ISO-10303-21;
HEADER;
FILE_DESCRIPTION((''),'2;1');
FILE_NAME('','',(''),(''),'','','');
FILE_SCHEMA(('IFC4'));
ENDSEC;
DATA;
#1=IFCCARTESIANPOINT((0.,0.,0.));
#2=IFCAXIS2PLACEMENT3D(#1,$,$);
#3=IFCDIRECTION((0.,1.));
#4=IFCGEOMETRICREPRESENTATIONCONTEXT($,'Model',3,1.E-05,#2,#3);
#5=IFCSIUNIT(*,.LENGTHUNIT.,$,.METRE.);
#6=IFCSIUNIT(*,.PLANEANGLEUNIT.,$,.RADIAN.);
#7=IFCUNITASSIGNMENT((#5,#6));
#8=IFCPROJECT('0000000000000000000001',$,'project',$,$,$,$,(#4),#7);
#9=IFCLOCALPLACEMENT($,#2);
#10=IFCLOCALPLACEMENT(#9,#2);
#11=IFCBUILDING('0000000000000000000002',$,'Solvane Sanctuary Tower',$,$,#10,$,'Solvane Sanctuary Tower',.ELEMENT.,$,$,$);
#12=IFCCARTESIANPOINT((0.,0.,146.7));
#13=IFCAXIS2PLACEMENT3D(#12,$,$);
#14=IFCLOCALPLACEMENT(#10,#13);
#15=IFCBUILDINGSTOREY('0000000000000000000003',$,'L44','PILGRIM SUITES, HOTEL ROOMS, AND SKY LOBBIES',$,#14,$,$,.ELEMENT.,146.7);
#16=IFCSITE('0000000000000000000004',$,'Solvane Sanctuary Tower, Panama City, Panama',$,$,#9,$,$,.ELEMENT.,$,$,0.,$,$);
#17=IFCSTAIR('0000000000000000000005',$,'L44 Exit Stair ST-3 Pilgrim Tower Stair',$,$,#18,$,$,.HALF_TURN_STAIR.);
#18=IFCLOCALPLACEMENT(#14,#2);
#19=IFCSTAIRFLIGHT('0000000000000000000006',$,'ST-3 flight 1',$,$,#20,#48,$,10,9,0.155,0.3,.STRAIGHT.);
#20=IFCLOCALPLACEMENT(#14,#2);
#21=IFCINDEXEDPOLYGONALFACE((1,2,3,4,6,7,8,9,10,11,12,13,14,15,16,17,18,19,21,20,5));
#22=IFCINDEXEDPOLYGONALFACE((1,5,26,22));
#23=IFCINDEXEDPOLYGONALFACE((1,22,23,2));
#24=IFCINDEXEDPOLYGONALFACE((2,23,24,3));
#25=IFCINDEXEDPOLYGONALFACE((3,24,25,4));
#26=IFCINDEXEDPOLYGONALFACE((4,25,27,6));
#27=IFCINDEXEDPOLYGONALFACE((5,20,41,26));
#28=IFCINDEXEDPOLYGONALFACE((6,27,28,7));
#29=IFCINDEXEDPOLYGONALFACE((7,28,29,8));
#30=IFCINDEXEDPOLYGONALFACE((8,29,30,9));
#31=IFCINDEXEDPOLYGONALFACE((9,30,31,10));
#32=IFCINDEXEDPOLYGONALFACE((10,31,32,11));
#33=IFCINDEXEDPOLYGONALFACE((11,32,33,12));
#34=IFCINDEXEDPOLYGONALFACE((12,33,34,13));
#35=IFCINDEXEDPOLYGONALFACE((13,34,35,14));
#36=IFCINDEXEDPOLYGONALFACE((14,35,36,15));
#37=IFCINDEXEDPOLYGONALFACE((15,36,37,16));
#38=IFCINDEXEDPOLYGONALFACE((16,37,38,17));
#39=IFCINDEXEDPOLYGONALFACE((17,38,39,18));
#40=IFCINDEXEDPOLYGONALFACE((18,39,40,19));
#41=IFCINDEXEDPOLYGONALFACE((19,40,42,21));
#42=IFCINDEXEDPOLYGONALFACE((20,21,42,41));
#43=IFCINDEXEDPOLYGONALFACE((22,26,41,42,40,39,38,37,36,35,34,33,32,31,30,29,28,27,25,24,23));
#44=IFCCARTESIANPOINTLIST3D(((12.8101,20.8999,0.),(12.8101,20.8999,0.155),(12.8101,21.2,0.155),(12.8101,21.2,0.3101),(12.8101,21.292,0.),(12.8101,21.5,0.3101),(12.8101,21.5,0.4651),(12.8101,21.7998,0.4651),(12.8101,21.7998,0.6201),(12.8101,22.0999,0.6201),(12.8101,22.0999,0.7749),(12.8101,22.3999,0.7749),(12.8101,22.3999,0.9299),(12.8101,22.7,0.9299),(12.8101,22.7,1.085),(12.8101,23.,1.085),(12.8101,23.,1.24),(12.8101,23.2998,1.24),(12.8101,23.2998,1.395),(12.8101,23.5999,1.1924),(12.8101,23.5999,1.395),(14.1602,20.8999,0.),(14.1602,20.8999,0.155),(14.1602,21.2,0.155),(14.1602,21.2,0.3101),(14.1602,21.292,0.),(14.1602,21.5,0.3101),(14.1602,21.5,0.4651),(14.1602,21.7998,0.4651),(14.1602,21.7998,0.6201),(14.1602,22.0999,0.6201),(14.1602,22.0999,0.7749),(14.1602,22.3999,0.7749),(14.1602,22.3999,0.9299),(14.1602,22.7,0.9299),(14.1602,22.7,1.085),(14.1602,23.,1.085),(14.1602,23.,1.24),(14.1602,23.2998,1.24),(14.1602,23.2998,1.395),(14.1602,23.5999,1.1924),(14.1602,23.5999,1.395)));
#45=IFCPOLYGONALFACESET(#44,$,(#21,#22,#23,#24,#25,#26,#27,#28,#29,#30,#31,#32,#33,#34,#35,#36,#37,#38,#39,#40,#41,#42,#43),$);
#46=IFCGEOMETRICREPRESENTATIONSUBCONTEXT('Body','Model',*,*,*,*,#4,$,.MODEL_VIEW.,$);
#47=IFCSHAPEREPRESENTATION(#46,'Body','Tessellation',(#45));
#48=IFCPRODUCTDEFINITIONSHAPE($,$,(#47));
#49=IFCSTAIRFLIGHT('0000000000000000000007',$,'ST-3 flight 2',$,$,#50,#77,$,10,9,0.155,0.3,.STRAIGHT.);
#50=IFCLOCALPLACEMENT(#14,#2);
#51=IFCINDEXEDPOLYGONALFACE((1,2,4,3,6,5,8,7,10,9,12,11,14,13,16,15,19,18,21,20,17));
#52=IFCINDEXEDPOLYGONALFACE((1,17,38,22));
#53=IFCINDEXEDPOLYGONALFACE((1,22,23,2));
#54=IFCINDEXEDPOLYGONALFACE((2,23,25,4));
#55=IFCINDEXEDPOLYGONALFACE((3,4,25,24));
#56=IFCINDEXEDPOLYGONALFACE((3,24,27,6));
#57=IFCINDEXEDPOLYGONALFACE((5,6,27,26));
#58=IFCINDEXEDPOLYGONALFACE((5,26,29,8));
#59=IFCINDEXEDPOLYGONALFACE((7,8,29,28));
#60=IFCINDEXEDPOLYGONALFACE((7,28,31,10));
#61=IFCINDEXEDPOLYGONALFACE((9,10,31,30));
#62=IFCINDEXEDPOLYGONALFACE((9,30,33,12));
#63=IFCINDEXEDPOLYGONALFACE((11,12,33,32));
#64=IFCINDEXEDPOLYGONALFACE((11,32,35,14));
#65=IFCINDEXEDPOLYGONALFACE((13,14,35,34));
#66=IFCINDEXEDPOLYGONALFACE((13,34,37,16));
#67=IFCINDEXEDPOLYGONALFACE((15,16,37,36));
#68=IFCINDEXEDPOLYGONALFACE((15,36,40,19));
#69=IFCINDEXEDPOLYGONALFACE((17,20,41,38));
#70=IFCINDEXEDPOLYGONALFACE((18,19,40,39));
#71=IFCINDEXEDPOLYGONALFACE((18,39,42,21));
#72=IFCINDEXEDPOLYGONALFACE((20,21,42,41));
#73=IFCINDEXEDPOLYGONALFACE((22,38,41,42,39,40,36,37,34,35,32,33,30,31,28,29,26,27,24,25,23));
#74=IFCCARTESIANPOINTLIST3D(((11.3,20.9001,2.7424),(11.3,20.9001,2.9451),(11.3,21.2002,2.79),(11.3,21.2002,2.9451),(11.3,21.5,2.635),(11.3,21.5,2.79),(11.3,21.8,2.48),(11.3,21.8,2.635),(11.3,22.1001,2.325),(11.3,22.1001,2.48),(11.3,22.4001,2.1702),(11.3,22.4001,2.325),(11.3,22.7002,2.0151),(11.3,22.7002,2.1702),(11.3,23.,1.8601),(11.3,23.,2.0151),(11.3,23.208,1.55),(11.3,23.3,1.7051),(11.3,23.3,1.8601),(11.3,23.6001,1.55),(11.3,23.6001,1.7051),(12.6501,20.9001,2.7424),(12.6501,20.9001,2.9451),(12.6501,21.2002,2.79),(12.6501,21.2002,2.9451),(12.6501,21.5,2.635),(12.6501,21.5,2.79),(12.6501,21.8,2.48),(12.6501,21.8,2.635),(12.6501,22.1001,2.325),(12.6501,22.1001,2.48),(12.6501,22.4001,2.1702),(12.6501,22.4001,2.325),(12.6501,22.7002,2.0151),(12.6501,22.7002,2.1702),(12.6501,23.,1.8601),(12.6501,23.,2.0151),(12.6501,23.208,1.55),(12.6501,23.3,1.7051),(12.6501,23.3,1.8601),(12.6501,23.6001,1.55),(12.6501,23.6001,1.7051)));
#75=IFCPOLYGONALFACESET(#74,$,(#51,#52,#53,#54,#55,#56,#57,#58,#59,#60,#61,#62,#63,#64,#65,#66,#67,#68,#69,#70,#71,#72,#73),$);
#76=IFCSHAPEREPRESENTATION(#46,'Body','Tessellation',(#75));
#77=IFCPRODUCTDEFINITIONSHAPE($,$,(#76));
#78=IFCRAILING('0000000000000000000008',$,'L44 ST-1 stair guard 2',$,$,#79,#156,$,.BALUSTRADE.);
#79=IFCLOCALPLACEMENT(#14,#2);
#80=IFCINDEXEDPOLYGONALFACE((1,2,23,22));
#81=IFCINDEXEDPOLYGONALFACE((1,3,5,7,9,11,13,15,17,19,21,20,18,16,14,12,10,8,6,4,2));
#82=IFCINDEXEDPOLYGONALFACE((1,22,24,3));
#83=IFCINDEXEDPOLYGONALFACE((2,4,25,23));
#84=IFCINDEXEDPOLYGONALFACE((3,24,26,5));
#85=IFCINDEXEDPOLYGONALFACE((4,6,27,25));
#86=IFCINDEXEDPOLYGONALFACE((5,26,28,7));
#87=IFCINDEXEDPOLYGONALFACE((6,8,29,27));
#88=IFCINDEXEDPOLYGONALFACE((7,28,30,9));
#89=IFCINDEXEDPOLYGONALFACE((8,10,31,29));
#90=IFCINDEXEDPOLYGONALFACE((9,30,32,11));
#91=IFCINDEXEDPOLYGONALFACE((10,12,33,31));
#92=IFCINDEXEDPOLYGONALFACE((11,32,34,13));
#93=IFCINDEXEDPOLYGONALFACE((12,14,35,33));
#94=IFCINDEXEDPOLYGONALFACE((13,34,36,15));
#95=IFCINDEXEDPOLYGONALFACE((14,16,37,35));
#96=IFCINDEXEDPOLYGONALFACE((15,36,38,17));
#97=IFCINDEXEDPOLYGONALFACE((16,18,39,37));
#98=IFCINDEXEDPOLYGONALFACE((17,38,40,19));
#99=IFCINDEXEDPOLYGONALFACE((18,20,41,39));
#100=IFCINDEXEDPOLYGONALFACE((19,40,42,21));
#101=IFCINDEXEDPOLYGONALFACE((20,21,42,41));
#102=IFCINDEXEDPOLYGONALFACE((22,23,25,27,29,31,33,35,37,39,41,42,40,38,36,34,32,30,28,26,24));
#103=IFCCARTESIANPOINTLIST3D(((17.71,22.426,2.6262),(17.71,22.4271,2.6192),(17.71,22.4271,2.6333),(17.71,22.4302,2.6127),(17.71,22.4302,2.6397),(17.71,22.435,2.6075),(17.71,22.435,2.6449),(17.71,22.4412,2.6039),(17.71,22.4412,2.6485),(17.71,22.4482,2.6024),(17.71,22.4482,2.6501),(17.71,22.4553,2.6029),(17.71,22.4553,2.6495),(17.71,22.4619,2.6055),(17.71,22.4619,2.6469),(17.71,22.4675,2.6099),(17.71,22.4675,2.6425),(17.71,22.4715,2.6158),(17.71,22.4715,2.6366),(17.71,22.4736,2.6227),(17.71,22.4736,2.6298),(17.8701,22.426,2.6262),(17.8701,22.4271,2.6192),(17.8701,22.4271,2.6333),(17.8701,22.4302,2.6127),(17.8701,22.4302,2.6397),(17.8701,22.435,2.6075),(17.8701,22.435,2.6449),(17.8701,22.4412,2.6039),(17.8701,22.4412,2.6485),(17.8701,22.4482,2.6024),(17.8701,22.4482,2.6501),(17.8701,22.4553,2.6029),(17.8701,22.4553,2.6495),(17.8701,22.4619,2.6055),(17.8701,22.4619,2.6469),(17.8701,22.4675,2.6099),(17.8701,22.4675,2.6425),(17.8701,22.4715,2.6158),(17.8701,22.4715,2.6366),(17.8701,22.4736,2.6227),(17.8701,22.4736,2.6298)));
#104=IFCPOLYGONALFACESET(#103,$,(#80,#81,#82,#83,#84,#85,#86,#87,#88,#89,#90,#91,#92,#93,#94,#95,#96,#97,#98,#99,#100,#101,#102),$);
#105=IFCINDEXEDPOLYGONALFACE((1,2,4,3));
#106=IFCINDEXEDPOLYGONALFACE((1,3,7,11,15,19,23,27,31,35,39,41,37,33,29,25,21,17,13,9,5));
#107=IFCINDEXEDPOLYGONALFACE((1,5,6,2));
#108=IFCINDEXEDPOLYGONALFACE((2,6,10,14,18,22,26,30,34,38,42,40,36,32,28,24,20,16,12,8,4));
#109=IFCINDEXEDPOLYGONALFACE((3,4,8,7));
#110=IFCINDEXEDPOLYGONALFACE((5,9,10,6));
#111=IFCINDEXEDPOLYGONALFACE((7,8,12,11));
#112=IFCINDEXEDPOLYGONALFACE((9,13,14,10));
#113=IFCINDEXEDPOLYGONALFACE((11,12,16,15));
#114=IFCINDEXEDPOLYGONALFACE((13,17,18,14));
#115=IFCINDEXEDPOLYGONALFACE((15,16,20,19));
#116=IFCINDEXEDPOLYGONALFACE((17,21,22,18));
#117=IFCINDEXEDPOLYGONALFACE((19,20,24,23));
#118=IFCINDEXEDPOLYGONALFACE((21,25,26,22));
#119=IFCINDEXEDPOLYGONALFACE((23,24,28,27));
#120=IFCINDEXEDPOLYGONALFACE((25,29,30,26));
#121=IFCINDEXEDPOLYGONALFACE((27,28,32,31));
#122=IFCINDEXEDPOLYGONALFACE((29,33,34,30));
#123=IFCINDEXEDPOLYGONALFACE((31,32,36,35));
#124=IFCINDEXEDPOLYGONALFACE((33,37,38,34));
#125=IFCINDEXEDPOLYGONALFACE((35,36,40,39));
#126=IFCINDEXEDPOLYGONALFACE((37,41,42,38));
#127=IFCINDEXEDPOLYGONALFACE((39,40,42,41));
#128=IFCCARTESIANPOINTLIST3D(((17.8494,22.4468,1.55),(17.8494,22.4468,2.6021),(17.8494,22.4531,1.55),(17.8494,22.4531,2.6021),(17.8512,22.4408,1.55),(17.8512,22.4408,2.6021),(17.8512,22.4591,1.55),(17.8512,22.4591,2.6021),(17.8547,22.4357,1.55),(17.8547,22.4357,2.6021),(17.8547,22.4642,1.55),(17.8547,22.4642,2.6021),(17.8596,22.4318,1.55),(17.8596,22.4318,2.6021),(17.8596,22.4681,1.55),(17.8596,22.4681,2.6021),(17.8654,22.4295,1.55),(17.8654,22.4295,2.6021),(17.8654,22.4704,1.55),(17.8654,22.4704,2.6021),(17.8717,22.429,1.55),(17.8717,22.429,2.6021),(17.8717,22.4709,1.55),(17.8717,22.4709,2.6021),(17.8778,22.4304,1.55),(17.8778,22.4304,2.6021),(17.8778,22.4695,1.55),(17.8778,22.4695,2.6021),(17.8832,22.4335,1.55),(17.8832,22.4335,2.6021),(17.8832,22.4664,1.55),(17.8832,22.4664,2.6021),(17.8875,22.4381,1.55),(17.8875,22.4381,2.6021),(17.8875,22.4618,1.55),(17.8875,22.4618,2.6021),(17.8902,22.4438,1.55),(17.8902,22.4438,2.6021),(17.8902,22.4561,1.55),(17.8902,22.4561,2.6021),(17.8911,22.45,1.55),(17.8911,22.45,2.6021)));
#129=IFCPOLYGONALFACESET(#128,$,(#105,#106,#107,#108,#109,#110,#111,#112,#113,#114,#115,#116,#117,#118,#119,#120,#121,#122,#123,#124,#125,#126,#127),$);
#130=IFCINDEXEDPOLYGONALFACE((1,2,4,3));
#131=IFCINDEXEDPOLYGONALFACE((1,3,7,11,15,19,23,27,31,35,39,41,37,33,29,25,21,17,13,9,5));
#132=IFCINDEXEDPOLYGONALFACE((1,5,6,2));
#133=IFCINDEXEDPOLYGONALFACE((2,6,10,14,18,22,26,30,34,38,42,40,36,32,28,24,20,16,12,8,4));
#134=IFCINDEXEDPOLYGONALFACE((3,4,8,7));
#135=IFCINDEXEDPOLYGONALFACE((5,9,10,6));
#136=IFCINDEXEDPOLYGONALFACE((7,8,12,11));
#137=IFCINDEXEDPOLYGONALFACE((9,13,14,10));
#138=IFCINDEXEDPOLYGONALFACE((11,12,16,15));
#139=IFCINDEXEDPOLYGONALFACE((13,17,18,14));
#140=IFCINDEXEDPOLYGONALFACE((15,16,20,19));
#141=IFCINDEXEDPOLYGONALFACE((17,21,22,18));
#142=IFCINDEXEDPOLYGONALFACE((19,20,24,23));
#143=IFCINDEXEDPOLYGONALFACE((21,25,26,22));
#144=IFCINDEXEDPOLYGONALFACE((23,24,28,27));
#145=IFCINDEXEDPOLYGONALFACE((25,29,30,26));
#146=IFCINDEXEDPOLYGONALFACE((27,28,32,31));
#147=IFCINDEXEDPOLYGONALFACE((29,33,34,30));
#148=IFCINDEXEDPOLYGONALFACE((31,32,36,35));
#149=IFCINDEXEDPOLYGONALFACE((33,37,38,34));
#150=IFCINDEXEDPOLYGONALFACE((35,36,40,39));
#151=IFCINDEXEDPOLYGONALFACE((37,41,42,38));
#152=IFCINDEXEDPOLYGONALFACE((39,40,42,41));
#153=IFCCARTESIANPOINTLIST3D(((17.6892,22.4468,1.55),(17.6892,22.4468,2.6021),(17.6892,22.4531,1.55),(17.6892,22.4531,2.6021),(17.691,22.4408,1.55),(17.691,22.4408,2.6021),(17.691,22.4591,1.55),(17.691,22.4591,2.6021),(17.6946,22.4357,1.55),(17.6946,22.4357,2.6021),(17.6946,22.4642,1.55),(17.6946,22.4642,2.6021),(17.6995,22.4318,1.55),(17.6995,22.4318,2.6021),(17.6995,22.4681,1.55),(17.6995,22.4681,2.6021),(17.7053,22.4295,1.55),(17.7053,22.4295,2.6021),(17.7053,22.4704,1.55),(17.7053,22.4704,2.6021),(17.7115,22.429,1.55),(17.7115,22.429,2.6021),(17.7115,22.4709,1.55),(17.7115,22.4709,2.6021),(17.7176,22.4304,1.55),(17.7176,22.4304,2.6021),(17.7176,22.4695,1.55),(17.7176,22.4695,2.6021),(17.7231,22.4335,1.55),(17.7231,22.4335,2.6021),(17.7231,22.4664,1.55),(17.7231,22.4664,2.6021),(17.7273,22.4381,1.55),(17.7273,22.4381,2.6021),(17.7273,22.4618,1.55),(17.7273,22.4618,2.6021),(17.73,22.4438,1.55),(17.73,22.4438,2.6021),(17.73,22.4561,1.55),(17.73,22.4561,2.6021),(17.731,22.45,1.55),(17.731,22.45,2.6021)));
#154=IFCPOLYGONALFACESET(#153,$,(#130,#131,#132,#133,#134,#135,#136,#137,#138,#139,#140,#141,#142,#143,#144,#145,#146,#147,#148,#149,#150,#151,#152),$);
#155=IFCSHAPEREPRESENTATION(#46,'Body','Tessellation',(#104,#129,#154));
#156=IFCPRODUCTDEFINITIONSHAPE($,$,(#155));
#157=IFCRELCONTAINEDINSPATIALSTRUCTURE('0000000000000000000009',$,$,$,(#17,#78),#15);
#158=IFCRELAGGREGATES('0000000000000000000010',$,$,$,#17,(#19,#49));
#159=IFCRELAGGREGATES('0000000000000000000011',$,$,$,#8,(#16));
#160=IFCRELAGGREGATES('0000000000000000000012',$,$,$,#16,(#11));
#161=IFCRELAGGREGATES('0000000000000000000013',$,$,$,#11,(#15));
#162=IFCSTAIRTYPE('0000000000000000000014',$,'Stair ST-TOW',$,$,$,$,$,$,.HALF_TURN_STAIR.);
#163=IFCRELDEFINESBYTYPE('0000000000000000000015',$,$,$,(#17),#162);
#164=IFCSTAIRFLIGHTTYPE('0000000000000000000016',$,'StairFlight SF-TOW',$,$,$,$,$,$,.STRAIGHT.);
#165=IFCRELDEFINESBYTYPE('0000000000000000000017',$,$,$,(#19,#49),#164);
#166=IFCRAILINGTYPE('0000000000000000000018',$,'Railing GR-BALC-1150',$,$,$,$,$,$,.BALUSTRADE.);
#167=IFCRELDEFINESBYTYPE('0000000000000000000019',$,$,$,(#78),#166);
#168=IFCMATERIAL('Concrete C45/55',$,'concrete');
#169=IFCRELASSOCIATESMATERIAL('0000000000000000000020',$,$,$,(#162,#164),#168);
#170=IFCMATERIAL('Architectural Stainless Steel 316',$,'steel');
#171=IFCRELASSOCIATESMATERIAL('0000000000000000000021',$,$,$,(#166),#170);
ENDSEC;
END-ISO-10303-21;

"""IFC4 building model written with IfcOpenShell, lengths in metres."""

from ifc_helpers import new_model, si_unit, direction, frame, origin, origin_2d, place, context, subcontext, project, spatial, polyline, circle, outline, extrude, material, type_object, element, aggregate, save


model = new_model("IFC4")

# Units and contexts
model_context = context("Model", 3, precision=1e-05, world=origin(), true_north=direction((0.0, 1.0)))
body_context = subcontext(model_context, "Body", "Model", "MODEL_VIEW")
ifc_project = project(units=[si_unit("LENGTHUNIT", "METRE"), si_unit("PLANEANGLEUNIT", "RADIAN")], contexts=[model_context])

# Site, building, storey
site_placement = place(None, origin())
site = spatial("IfcSite", under=ifc_project, at=site_placement, Name="Solvane Sanctuary Tower, Panama City, Panama", CompositionType="ELEMENT", RefElevation=0.0)
building_placement = place(site_placement, origin())
building = spatial("IfcBuilding", under=site, at=building_placement, Name="Solvane Sanctuary Tower", LongName="Solvane Sanctuary Tower", CompositionType="ELEMENT")
storey_placement = place(building_placement, frame((0.0, 0.0, 146.7)))
storey = spatial("IfcBuildingStorey", under=building, at=storey_placement, Name="L44", Description="PILGRIM SUITES, HOTEL ROOMS, AND SKY LOBBIES", CompositionType="ELEMENT", Elevation=146.7)

# Shared definitions
ifc_material_1 = material(Name="Concrete C45/55", Category="concrete")
stair_type = type_object("IfcStairType", Name="Stair ST-TOW", PredefinedType="HALF_TURN_STAIR", material=ifc_material_1)
stair_flight_type = type_object("IfcStairFlightType", Name="StairFlight SF-TOW", PredefinedType="STRAIGHT", material=ifc_material_1)

# Stair, stair flights
stair_1_placement = place(storey_placement, origin())
stair_1 = element("IfcStair", 1, at=stair_1_placement, inside=storey, type_object=stair_type, Name="L44 Exit Stair ST-3 Pilgrim Tower Stair", PredefinedType="HALF_TURN_STAIR")
stair_flight_1_placement = place(storey_placement, frame((13.4851, 20.8999, 0.0), z_axis=(0.0, 0.0, 1.0), x_axis=(0.0, 1.0, 0.0)))
stair_flight_1 = element("IfcStairFlight", 2, at=stair_flight_1_placement, type_object=stair_flight_type, Name="ST-3 flight 1", NumberOfRisers=10, NumberOfTreads=9, PredefinedType="STRAIGHT", RiserHeight=0.155, TreadLength=0.3, context=body_context, shape_type="SweptSolid", body=[
    extrude(outline(polyline([(0.0, 0.0), (0.0, 0.155), (0.3, 0.155), (0.3, 0.3101), (0.6001, 0.3101), (0.6001, 0.4651), (0.8999, 0.4651), (0.8999, 0.6201), (1.2, 0.6201), (1.2, 0.7749), (1.5, 0.7749), (1.5, 0.9299), (1.8, 0.9299), (1.8, 1.085), (2.1001, 1.085), (2.1001, 1.24), (2.3999, 1.24), (2.3999, 1.395), (2.7, 1.395), (2.7, 1.55), (2.7, 1.1924), (0.3921, 0.0), (0.0, 0.0)])), frame((0.0, 0.675, 0.0), z_axis=(0.0, -1.0, 0.0), x_axis=(1.0, 0.0, 0.0)), (0.0, 0.0, 1.0), 1.3501),
])
stair_flight_2_placement = place(storey_placement, frame((11.9751, 23.6001, 1.55), z_axis=(0.0, 0.0, 1.0), x_axis=(0.0, -1.0, 0.0)))
stair_flight_2 = element("IfcStairFlight", 3, at=stair_flight_2_placement, type_object=stair_flight_type, Name="ST-3 flight 2", NumberOfRisers=10, NumberOfTreads=9, PredefinedType="STRAIGHT", RiserHeight=0.155, TreadLength=0.3, context=body_context, shape_type="SweptSolid", body=[
    extrude(outline(polyline([(0.0, 0.0), (0.0, 0.155), (0.3, 0.155), (0.3, 0.3101), (0.6001, 0.3101), (0.6001, 0.4651), (0.8999, 0.4651), (0.8999, 0.6201), (1.2, 0.6201), (1.2, 0.7749), (1.5, 0.7749), (1.5, 0.9299), (1.8, 0.9299), (1.8, 1.085), (2.1001, 1.085), (2.1001, 1.24), (2.3999, 1.24), (2.3999, 1.395), (2.7, 1.395), (2.7, 1.55), (2.7, 1.1924), (0.3921, 0.0), (0.0, 0.0)])), frame((0.0, 0.675, 0.0), z_axis=(0.0, -1.0, 0.0), x_axis=(1.0, 0.0, 0.0)), (0.0, 0.0, 1.0), 1.3501),
])
aggregate(stair_1, [stair_flight_1, stair_flight_2])

# Railing
ifc_material_2 = material(Name="Architectural Stainless Steel 316", Category="steel")
railing_type_1 = type_object("IfcRailingType", Name="Railing GR-BALC-1150", PredefinedType="BALUSTRADE", material=ifc_material_2)
railing_1_placement = place(storey_placement, frame((17.8701, 22.45, 1.55)))
element("IfcRailing", 4, at=railing_1_placement, inside=storey, type_object=railing_type_1, Name="L44 ST-1 stair guard 2", PredefinedType="BALUSTRADE", context=body_context, shape_type="SweptSolid", body=[
    extrude(circle(Radius=0.0239, at=origin_2d()), frame((0.0, 0.0, 1.0762), z_axis=(-1.0, 0.0, 0.0), x_axis=(0.0, -1.0, 0.0)), (0.0, 0.0, 1.0), 0.1602),
    extrude(circle(Radius=0.021, at=origin_2d()), origin(), (0.0, 0.0, 1.0), 1.052),
    extrude(circle(Radius=0.021, at=origin_2d()), frame((-0.1602, 0.0, 0.0)), (0.0, 0.0, 1.0), 1.052),
])

save(model, "model.ifc")
